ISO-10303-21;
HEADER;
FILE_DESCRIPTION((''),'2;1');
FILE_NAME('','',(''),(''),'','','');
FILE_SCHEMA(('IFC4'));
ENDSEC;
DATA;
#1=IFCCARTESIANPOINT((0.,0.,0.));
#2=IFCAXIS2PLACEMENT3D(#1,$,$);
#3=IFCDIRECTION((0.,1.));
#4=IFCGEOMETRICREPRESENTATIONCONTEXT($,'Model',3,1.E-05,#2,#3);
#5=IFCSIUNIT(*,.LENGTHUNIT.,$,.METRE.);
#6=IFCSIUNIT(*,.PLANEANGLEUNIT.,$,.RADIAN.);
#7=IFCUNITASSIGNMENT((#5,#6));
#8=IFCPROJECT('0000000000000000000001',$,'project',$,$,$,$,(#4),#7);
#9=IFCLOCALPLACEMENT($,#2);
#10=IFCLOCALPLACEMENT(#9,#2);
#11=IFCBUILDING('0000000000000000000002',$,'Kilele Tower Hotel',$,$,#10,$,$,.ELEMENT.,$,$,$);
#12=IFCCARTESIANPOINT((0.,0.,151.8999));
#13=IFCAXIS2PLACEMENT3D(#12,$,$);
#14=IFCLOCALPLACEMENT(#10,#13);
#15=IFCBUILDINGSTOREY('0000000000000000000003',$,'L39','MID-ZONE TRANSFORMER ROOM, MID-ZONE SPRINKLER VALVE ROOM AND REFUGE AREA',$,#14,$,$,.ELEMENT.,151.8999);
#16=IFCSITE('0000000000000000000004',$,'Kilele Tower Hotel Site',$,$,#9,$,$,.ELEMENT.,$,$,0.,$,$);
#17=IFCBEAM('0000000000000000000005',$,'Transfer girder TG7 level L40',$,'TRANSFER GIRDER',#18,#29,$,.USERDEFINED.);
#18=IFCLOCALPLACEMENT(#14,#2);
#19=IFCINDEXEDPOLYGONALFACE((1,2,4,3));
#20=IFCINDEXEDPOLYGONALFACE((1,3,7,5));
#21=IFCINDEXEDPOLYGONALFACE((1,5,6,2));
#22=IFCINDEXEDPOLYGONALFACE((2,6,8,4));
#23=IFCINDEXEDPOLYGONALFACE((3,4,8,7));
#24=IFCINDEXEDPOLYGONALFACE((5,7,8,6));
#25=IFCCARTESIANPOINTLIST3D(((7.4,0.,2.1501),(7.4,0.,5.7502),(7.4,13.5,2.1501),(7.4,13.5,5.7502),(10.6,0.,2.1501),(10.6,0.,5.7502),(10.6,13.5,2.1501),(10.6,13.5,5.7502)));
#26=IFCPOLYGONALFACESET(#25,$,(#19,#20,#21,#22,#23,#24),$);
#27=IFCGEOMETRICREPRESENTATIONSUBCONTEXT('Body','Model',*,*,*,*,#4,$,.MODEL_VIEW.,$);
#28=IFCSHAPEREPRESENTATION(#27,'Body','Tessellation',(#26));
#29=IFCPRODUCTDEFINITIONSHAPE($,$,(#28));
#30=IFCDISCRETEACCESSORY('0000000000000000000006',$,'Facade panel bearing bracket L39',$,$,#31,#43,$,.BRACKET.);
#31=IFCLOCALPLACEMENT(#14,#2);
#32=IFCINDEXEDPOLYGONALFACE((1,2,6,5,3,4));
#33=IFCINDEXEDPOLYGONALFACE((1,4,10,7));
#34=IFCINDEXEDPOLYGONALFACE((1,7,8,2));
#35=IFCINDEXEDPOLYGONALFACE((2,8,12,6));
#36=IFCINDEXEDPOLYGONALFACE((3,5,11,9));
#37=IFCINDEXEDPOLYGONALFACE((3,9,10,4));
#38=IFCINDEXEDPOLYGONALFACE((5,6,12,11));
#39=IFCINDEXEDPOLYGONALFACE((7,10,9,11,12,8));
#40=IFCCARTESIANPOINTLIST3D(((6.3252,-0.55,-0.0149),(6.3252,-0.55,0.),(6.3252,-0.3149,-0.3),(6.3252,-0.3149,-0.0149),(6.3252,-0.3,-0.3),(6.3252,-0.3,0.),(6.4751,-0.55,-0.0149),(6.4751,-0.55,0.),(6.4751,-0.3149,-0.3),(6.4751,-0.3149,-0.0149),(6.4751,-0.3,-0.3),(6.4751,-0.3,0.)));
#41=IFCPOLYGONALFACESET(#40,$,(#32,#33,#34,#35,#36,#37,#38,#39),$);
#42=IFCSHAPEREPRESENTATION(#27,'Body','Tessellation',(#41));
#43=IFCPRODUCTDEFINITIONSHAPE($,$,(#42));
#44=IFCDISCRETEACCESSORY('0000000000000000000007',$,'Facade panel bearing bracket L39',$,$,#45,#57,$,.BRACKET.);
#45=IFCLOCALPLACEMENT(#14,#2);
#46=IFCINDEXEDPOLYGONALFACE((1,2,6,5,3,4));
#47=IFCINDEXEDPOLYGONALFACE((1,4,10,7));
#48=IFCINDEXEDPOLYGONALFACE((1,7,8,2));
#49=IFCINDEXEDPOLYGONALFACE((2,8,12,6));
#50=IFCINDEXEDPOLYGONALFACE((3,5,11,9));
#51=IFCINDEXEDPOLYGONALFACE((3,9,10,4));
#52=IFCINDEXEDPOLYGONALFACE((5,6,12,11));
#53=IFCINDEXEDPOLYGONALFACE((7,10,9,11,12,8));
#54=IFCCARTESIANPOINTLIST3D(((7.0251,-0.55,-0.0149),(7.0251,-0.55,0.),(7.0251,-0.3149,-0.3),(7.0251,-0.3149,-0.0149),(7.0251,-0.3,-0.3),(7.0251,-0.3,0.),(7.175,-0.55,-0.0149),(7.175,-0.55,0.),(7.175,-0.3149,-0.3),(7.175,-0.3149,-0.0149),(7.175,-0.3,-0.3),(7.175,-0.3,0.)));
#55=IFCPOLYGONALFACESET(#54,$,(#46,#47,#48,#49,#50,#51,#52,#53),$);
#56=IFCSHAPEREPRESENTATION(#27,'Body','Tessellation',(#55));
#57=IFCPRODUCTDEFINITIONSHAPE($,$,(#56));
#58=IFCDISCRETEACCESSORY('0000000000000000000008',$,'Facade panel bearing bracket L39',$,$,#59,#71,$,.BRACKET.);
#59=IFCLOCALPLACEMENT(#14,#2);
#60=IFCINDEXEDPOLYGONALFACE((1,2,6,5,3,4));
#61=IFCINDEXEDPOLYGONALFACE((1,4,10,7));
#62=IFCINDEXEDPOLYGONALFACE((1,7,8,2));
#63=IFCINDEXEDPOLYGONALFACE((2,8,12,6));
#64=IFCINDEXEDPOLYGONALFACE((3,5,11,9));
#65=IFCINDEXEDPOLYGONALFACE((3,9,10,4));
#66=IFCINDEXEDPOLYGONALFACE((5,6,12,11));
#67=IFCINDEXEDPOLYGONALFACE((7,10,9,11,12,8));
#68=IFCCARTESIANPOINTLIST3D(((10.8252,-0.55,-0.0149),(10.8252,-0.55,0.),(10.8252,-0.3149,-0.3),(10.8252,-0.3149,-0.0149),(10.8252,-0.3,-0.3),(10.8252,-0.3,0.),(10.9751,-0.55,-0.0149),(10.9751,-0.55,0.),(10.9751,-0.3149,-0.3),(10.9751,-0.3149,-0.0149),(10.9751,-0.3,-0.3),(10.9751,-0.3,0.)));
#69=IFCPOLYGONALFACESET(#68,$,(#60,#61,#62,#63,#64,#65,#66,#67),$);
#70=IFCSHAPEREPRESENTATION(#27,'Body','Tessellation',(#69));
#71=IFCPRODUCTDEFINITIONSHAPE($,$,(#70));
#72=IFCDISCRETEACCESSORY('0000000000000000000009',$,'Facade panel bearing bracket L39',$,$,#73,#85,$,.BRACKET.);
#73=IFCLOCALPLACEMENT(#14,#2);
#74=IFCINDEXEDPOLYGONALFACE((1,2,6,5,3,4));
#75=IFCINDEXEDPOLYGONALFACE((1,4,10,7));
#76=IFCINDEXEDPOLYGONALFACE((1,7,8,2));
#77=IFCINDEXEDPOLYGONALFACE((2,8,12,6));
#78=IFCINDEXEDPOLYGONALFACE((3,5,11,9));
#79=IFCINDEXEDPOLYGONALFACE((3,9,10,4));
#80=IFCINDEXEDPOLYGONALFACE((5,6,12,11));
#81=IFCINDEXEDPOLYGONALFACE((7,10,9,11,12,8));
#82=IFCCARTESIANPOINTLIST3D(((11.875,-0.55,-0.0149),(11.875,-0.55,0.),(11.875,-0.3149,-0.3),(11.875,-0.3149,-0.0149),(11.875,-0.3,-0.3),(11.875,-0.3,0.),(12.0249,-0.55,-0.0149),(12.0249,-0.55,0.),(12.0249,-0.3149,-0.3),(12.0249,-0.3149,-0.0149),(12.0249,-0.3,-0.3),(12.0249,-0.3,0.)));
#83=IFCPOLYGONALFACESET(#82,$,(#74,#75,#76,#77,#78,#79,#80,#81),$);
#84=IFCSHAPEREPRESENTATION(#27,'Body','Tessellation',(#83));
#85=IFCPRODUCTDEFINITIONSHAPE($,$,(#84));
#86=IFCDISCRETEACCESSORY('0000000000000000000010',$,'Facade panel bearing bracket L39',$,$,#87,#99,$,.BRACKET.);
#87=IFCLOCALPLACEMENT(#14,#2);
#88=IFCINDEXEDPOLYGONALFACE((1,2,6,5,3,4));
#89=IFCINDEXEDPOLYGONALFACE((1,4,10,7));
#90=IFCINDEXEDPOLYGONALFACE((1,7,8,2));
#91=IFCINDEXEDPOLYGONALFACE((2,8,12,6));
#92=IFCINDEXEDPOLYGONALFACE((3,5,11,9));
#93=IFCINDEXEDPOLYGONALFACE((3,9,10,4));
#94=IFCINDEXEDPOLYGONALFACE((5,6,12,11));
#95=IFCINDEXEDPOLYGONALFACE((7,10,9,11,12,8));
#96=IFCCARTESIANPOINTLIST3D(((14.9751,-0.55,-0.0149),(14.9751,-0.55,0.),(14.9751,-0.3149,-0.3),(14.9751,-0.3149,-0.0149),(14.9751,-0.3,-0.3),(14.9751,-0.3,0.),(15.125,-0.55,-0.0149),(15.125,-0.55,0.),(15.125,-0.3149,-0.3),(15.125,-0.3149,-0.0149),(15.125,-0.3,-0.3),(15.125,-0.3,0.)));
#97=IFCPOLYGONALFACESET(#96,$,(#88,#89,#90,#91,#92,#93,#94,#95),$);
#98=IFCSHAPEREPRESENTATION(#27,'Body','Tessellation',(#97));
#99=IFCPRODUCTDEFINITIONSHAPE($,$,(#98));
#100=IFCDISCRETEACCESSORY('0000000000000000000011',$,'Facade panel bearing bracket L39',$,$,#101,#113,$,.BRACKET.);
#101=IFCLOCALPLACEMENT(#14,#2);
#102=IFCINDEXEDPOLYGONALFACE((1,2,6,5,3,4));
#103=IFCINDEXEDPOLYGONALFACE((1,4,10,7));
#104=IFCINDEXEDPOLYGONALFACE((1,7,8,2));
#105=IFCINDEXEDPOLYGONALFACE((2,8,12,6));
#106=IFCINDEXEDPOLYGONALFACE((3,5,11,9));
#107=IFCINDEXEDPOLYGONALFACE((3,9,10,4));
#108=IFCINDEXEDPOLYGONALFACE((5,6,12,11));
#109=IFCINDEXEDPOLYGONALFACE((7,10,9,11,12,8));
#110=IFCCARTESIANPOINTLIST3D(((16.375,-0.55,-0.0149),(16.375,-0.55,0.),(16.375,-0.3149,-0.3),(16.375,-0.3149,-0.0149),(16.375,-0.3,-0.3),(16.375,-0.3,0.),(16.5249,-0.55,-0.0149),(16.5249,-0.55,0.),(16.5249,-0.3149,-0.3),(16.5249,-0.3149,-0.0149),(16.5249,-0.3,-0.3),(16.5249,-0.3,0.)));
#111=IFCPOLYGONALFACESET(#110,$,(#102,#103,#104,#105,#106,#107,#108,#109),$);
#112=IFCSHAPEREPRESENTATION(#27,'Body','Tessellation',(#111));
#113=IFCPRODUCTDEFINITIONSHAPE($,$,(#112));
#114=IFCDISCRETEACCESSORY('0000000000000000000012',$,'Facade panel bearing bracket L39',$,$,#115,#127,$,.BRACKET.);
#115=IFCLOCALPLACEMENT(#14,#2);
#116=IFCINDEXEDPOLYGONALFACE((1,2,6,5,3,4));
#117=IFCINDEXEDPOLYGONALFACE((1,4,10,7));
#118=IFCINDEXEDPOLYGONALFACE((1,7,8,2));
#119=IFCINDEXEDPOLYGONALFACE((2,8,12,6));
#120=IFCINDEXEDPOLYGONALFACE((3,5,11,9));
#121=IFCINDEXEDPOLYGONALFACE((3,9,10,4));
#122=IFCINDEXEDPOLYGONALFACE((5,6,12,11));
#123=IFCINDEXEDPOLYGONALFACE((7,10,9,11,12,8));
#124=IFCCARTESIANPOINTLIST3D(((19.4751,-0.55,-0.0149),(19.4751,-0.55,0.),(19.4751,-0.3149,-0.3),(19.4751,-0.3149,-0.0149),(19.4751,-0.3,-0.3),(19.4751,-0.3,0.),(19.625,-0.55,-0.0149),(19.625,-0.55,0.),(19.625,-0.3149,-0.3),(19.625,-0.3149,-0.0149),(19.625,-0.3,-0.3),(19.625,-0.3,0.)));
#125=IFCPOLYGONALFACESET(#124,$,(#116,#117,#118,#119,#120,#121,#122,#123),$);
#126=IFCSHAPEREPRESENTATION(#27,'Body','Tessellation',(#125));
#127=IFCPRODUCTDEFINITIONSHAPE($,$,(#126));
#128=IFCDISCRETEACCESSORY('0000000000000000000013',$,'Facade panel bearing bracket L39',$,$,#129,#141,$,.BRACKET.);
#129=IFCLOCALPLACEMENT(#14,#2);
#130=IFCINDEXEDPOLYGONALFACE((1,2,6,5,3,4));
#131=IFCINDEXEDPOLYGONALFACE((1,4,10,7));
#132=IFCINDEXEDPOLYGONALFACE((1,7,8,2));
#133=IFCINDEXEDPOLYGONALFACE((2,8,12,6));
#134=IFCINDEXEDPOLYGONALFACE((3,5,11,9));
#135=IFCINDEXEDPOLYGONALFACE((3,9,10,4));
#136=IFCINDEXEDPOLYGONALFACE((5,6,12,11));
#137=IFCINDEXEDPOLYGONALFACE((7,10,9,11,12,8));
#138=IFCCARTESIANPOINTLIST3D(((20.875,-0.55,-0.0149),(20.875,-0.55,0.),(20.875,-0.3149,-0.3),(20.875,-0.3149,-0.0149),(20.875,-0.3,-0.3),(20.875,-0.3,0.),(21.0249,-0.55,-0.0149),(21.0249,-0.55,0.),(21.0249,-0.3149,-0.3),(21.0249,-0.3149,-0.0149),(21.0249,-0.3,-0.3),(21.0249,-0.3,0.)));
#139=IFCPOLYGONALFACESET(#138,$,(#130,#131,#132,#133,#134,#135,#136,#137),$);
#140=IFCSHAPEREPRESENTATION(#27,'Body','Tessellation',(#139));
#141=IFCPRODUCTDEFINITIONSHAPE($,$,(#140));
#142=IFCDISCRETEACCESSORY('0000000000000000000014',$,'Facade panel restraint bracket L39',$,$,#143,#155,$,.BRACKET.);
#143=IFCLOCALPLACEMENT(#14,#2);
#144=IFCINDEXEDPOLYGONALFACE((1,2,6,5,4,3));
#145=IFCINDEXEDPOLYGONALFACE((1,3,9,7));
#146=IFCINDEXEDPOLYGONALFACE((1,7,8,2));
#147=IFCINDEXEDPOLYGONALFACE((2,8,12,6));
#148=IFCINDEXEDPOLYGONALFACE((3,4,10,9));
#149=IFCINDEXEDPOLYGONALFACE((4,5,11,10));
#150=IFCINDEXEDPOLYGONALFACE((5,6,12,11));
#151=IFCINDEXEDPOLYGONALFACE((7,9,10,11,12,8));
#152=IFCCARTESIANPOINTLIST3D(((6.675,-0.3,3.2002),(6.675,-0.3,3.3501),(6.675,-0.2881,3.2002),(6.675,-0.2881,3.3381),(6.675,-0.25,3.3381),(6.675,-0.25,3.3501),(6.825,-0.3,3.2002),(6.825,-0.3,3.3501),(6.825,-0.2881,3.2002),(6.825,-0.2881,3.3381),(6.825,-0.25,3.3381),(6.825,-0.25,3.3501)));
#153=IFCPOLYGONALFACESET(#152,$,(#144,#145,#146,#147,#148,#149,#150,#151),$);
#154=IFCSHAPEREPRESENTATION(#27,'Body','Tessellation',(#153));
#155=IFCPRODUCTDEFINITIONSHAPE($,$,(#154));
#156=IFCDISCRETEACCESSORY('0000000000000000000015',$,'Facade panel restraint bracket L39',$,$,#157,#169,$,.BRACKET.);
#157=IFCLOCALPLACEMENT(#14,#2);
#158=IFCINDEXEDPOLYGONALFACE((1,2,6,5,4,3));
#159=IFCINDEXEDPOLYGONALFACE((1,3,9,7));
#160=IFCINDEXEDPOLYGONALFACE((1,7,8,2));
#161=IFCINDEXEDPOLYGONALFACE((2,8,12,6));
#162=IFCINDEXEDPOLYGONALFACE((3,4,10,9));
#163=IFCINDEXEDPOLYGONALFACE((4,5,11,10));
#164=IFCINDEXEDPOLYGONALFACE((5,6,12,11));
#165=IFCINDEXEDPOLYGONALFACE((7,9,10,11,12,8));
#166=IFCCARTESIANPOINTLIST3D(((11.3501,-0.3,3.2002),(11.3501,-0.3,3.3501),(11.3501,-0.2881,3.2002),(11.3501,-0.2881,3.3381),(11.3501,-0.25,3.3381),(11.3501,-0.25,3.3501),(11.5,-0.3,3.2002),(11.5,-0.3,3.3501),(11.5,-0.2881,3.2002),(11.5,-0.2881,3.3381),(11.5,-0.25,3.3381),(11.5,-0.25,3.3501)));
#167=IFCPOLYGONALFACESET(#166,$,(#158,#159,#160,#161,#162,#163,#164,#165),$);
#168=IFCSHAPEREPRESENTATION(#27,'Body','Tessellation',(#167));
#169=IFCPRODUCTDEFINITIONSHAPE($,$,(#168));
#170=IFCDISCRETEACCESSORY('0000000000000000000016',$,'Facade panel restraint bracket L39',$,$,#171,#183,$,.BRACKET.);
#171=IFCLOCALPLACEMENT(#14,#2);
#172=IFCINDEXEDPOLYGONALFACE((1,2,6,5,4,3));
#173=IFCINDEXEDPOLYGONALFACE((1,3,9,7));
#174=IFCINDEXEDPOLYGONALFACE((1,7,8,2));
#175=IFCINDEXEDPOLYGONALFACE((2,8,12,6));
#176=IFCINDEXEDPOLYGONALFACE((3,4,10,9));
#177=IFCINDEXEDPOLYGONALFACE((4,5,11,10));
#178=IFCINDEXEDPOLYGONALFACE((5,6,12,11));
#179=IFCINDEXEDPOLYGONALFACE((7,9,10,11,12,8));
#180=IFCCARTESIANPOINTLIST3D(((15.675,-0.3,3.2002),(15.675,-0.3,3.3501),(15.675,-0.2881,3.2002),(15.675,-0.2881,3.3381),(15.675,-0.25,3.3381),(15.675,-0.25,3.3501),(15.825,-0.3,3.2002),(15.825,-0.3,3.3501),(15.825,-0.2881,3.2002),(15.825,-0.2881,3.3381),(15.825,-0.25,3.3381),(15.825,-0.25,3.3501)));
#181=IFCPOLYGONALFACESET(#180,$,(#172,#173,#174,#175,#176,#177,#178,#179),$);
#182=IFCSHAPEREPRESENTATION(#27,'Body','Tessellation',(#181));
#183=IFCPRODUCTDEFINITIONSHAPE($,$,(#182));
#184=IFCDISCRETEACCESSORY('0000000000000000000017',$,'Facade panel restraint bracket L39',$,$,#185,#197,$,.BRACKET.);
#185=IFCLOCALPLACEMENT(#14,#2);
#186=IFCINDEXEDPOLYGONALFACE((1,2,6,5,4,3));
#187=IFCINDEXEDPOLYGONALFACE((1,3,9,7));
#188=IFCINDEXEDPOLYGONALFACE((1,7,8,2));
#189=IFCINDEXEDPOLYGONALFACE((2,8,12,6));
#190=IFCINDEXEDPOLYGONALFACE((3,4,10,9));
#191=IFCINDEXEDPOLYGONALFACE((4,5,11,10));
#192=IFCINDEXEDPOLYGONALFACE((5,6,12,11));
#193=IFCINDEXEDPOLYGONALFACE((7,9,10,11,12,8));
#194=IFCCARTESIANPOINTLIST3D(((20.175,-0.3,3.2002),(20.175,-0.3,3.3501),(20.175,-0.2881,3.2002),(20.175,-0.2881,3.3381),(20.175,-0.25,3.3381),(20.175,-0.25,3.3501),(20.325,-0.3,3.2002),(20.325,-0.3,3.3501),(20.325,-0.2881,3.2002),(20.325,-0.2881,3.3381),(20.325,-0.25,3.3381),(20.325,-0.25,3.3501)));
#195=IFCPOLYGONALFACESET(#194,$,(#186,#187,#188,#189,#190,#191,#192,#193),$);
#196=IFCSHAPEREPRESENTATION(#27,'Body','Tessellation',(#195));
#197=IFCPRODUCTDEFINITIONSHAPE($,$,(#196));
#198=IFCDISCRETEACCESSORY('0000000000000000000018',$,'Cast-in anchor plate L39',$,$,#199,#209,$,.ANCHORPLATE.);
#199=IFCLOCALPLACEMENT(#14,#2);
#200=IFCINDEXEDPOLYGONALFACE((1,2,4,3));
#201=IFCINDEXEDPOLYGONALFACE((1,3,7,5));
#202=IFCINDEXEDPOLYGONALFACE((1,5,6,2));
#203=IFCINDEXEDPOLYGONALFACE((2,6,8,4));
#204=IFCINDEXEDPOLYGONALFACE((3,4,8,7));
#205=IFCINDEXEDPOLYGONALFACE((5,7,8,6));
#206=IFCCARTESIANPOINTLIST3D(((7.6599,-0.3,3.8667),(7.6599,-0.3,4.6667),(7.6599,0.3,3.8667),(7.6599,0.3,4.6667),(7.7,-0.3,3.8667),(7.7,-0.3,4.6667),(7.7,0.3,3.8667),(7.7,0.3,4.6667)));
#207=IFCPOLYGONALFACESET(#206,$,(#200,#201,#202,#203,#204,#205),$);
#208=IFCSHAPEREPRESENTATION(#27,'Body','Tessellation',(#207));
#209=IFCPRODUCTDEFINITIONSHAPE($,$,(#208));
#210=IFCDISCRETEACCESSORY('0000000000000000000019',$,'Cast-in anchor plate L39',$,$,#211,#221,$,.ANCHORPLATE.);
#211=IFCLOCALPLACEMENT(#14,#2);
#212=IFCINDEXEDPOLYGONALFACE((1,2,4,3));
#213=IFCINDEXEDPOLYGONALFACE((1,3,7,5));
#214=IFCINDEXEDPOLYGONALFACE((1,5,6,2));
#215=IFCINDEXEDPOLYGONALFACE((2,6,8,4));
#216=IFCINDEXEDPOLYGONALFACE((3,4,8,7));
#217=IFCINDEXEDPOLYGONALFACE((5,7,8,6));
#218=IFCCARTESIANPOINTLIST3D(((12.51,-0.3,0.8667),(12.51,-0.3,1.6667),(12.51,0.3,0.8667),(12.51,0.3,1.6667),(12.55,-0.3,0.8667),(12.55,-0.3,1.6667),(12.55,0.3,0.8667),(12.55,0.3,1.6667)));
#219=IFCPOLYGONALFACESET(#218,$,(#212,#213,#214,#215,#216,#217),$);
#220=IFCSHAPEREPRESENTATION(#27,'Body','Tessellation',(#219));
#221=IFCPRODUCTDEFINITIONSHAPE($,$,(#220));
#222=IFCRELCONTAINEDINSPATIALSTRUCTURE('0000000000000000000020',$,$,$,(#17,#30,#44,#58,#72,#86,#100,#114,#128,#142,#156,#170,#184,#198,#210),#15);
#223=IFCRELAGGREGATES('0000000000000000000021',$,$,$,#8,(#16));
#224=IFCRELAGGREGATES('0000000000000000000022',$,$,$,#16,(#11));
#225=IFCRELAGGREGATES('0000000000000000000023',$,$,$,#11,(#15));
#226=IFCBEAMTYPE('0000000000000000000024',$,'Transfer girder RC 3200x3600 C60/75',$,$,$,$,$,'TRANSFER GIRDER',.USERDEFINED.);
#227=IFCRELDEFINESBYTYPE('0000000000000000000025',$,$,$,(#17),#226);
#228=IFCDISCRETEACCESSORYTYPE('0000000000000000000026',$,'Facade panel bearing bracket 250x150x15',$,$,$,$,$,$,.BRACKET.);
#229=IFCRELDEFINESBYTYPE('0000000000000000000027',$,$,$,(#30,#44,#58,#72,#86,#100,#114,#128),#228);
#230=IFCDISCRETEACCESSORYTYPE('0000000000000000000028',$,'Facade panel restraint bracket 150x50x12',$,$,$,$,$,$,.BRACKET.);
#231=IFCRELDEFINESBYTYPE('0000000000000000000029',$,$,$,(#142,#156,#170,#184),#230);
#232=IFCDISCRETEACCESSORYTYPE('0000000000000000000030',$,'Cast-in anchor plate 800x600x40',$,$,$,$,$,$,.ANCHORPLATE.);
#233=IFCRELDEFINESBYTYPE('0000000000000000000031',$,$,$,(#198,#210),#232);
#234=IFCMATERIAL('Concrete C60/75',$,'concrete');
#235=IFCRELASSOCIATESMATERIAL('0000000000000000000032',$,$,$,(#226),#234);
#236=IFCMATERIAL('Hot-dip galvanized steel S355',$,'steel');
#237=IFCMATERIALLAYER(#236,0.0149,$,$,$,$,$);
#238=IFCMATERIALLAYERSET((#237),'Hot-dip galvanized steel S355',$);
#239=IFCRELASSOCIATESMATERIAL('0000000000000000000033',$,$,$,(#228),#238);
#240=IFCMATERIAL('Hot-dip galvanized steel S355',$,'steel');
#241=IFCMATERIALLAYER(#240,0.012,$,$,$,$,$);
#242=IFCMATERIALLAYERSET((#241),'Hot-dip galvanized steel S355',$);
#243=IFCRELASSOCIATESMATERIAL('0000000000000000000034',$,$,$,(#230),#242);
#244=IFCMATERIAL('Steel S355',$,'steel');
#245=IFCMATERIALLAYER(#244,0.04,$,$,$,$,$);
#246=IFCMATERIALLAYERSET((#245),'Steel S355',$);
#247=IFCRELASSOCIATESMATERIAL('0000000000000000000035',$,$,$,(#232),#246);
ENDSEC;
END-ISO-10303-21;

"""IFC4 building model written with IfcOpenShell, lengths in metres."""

from ifc_helpers import new_model, si_unit, direction, frame, origin, origin_2d, place, context, subcontext, project, spatial, polyline, rectangle, outline, extrude, source, transform, mapped, material, layer, layer_set, material_profile, profile_set, type_object, element, save


model = new_model("IFC4")

# Units and contexts
model_context = context("Model", 3, precision=1e-05, world=origin(), true_north=direction((0.0, 1.0)))
body_context = subcontext(model_context, "Body", "Model", "MODEL_VIEW")
ifc_project = project(units=[si_unit("LENGTHUNIT", "METRE"), si_unit("PLANEANGLEUNIT", "RADIAN")], contexts=[model_context])

# Site, building, storey
site_placement = place(None, origin())
site = spatial("IfcSite", under=ifc_project, at=site_placement, Name="Kilele Tower Hotel Site", CompositionType="ELEMENT", RefElevation=0.0)
building_placement = place(site_placement, origin())
building = spatial("IfcBuilding", under=site, at=building_placement, Name="Kilele Tower Hotel", CompositionType="ELEMENT")
storey_placement = place(building_placement, frame((0.0, 0.0, 151.8999)))
storey = spatial("IfcBuildingStorey", under=building, at=storey_placement, Name="L39", Description="MID-ZONE TRANSFORMER ROOM, MID-ZONE SPRINKLER VALVE ROOM AND REFUGE AREA", CompositionType="ELEMENT", Elevation=151.8999)

# Beam
ifc_material_1 = material(Name="Concrete C60/75", Category="concrete")
ifc_material_profile_1 = material_profile(ifc_material_1, rectangle(XDim=3.2, YDim=3.6001, at=origin_2d()))
ifc_profile_set_1 = profile_set([ifc_material_profile_1], Name="Concrete C60/75")
beam_type_1 = type_object("IfcBeamType", Name="Transfer girder RC 3200x3600 C60/75", ElementType="TRANSFER GIRDER", PredefinedType="USERDEFINED", material=ifc_profile_set_1)
beam_placement = place(storey_placement, frame((9.0, 0.0, 3.9502), z_axis=(0.0, 1.0, 0.0), x_axis=(-1.0, 0.0, 0.0)))
element("IfcBeam", 1, at=beam_placement, inside=storey, type_object=beam_type_1, Name="Transfer girder TG7 level L40", ObjectType="TRANSFER GIRDER", PredefinedType="USERDEFINED", context=body_context, shape_type="SweptSolid", body=[
    extrude(rectangle(XDim=3.2, YDim=3.6001, at=origin_2d()), origin(), (0.0, 0.0, 1.0), 13.5),
])

# Discrete accessories
ifc_material_2 = material(Name="Hot-dip galvanized steel S355", Category="steel")
ifc_layer_1 = layer(ifc_material_2, 0.0149)
ifc_layer_set_1 = layer_set([ifc_layer_1], Name="Hot-dip galvanized steel S355")
discrete_accessory_type_1 = type_object("IfcDiscreteAccessoryType", Name="Facade panel bearing bracket 250x150x15", PredefinedType="BRACKET", material=ifc_layer_set_1)
shared_shape_1 = source(origin(), body_context, "Body", "SweptSolid", [
    extrude(outline(polyline([(0.0, 0.0), (0.25, 0.0), (0.25, -0.0149), (0.0149, -0.0149), (0.0149, -0.3), (0.0, -0.3), (0.0, 0.0)])), origin(), (0.0, 0.0, 1.0), 0.1499),
])
for number, where, z_axis, x_axis, name in (
    (2, (6.4751, -0.3, 0.0), (-1.0, 0.0, 0.0), (0.0, -1.0, 0.0), "Facade panel bearing bracket L39"),
    (3, (7.175, -0.3, 0.0), (-1.0, 0.0, 0.0), (0.0, -1.0, 0.0), "Facade panel bearing bracket L39"),
    (4, (10.9751, -0.3, 0.0), (-1.0, 0.0, 0.0), (0.0, -1.0, 0.0), "Facade panel bearing bracket L39"),
    (5, (12.0249, -0.3, 0.0), (-1.0, 0.0, 0.0), (0.0, -1.0, 0.0), "Facade panel bearing bracket L39"),
    (6, (15.125, -0.3, 0.0), (-1.0, 0.0, 0.0), (0.0, -1.0, 0.0), "Facade panel bearing bracket L39"),
    (7, (16.5249, -0.3, 0.0), (-1.0, 0.0, 0.0), (0.0, -1.0, 0.0), "Facade panel bearing bracket L39"),
    (8, (19.625, -0.3, 0.0), (-1.0, 0.0, 0.0), (0.0, -1.0, 0.0), "Facade panel bearing bracket L39"),
    (9, (21.0249, -0.3, 0.0), (-1.0, 0.0, 0.0), (0.0, -1.0, 0.0), "Facade panel bearing bracket L39"),
):
    element("IfcDiscreteAccessory", number, at=place(storey_placement, frame(where, z_axis=z_axis, x_axis=x_axis)), inside=storey, type_object=discrete_accessory_type_1, Name=name, PredefinedType="BRACKET", context=body_context, shape_type="MappedRepresentation", body=[
        mapped(shared_shape_1, transform((0.0, 0.0, 0.0))),
    ])
ifc_material_3 = material(Name="Hot-dip galvanized steel S355", Category="steel")
ifc_layer_2 = layer(ifc_material_3, 0.012)
ifc_layer_set_2 = layer_set([ifc_layer_2], Name="Hot-dip galvanized steel S355")
discrete_accessory_type_2 = type_object("IfcDiscreteAccessoryType", Name="Facade panel restraint bracket 150x50x12", PredefinedType="BRACKET", material=ifc_layer_set_2)
shared_shape_2 = source(origin(), body_context, "Body", "SweptSolid", [
    extrude(outline(polyline([(0.0, 0.0), (0.0, -0.1499), (-0.012, -0.1499), (-0.012, -0.012), (-0.05, -0.012), (-0.05, 0.0), (0.0, 0.0)])), origin(), (0.0, 0.0, 1.0), 0.1499),
])
for number, where, z_axis, x_axis, name in (
    (10, (6.825, -0.3, 3.3501), (-1.0, 0.0, 0.0), (0.0, -1.0, 0.0), "Facade panel restraint bracket L39"),
    (11, (11.5, -0.3, 3.3501), (-1.0, 0.0, 0.0), (0.0, -1.0, 0.0), "Facade panel restraint bracket L39"),
    (12, (15.825, -0.3, 3.3501), (-1.0, 0.0, 0.0), (0.0, -1.0, 0.0), "Facade panel restraint bracket L39"),
    (13, (20.325, -0.3, 3.3501), (-1.0, 0.0, 0.0), (0.0, -1.0, 0.0), "Facade panel restraint bracket L39"),
):
    element("IfcDiscreteAccessory", number, at=place(storey_placement, frame(where, z_axis=z_axis, x_axis=x_axis)), inside=storey, type_object=discrete_accessory_type_2, Name=name, PredefinedType="BRACKET", context=body_context, shape_type="MappedRepresentation", body=[
        mapped(shared_shape_2, transform((0.0, 0.0, 0.0))),
    ])
ifc_material_4 = material(Name="Steel S355", Category="steel")
ifc_layer_3 = layer(ifc_material_4, 0.04)
ifc_layer_set_3 = layer_set([ifc_layer_3], Name="Steel S355")
discrete_accessory_type_3 = type_object("IfcDiscreteAccessoryType", Name="Cast-in anchor plate 800x600x40", PredefinedType="ANCHORPLATE", material=ifc_layer_set_3)
shared_shape_3 = source(origin(), body_context, "Body", "SweptSolid", [
    extrude(outline(polyline([(0.0, 0.0), (0.04, 0.0), (0.04, 0.8), (0.0, 0.8), (0.0, 0.0)])), origin(), (0.0, 0.0, 1.0), 0.6001),
])
for number, where, z_axis, x_axis, name in (
    (14, (7.7, -0.3, 3.8667), (0.0, 1.0, 0.0), (-1.0, 0.0, 0.0), "Cast-in anchor plate L39"),
    (15, (12.55, -0.3, 0.8667), (0.0, 1.0, 0.0), (-1.0, 0.0, 0.0), "Cast-in anchor plate L39"),
):
    element("IfcDiscreteAccessory", number, at=place(storey_placement, frame(where, z_axis=z_axis, x_axis=x_axis)), inside=storey, type_object=discrete_accessory_type_3, Name=name, PredefinedType="ANCHORPLATE", context=body_context, shape_type="MappedRepresentation", body=[
        mapped(shared_shape_3, transform((0.0, 0.0, 0.0))),
    ])

save(model, "model.ifc")
